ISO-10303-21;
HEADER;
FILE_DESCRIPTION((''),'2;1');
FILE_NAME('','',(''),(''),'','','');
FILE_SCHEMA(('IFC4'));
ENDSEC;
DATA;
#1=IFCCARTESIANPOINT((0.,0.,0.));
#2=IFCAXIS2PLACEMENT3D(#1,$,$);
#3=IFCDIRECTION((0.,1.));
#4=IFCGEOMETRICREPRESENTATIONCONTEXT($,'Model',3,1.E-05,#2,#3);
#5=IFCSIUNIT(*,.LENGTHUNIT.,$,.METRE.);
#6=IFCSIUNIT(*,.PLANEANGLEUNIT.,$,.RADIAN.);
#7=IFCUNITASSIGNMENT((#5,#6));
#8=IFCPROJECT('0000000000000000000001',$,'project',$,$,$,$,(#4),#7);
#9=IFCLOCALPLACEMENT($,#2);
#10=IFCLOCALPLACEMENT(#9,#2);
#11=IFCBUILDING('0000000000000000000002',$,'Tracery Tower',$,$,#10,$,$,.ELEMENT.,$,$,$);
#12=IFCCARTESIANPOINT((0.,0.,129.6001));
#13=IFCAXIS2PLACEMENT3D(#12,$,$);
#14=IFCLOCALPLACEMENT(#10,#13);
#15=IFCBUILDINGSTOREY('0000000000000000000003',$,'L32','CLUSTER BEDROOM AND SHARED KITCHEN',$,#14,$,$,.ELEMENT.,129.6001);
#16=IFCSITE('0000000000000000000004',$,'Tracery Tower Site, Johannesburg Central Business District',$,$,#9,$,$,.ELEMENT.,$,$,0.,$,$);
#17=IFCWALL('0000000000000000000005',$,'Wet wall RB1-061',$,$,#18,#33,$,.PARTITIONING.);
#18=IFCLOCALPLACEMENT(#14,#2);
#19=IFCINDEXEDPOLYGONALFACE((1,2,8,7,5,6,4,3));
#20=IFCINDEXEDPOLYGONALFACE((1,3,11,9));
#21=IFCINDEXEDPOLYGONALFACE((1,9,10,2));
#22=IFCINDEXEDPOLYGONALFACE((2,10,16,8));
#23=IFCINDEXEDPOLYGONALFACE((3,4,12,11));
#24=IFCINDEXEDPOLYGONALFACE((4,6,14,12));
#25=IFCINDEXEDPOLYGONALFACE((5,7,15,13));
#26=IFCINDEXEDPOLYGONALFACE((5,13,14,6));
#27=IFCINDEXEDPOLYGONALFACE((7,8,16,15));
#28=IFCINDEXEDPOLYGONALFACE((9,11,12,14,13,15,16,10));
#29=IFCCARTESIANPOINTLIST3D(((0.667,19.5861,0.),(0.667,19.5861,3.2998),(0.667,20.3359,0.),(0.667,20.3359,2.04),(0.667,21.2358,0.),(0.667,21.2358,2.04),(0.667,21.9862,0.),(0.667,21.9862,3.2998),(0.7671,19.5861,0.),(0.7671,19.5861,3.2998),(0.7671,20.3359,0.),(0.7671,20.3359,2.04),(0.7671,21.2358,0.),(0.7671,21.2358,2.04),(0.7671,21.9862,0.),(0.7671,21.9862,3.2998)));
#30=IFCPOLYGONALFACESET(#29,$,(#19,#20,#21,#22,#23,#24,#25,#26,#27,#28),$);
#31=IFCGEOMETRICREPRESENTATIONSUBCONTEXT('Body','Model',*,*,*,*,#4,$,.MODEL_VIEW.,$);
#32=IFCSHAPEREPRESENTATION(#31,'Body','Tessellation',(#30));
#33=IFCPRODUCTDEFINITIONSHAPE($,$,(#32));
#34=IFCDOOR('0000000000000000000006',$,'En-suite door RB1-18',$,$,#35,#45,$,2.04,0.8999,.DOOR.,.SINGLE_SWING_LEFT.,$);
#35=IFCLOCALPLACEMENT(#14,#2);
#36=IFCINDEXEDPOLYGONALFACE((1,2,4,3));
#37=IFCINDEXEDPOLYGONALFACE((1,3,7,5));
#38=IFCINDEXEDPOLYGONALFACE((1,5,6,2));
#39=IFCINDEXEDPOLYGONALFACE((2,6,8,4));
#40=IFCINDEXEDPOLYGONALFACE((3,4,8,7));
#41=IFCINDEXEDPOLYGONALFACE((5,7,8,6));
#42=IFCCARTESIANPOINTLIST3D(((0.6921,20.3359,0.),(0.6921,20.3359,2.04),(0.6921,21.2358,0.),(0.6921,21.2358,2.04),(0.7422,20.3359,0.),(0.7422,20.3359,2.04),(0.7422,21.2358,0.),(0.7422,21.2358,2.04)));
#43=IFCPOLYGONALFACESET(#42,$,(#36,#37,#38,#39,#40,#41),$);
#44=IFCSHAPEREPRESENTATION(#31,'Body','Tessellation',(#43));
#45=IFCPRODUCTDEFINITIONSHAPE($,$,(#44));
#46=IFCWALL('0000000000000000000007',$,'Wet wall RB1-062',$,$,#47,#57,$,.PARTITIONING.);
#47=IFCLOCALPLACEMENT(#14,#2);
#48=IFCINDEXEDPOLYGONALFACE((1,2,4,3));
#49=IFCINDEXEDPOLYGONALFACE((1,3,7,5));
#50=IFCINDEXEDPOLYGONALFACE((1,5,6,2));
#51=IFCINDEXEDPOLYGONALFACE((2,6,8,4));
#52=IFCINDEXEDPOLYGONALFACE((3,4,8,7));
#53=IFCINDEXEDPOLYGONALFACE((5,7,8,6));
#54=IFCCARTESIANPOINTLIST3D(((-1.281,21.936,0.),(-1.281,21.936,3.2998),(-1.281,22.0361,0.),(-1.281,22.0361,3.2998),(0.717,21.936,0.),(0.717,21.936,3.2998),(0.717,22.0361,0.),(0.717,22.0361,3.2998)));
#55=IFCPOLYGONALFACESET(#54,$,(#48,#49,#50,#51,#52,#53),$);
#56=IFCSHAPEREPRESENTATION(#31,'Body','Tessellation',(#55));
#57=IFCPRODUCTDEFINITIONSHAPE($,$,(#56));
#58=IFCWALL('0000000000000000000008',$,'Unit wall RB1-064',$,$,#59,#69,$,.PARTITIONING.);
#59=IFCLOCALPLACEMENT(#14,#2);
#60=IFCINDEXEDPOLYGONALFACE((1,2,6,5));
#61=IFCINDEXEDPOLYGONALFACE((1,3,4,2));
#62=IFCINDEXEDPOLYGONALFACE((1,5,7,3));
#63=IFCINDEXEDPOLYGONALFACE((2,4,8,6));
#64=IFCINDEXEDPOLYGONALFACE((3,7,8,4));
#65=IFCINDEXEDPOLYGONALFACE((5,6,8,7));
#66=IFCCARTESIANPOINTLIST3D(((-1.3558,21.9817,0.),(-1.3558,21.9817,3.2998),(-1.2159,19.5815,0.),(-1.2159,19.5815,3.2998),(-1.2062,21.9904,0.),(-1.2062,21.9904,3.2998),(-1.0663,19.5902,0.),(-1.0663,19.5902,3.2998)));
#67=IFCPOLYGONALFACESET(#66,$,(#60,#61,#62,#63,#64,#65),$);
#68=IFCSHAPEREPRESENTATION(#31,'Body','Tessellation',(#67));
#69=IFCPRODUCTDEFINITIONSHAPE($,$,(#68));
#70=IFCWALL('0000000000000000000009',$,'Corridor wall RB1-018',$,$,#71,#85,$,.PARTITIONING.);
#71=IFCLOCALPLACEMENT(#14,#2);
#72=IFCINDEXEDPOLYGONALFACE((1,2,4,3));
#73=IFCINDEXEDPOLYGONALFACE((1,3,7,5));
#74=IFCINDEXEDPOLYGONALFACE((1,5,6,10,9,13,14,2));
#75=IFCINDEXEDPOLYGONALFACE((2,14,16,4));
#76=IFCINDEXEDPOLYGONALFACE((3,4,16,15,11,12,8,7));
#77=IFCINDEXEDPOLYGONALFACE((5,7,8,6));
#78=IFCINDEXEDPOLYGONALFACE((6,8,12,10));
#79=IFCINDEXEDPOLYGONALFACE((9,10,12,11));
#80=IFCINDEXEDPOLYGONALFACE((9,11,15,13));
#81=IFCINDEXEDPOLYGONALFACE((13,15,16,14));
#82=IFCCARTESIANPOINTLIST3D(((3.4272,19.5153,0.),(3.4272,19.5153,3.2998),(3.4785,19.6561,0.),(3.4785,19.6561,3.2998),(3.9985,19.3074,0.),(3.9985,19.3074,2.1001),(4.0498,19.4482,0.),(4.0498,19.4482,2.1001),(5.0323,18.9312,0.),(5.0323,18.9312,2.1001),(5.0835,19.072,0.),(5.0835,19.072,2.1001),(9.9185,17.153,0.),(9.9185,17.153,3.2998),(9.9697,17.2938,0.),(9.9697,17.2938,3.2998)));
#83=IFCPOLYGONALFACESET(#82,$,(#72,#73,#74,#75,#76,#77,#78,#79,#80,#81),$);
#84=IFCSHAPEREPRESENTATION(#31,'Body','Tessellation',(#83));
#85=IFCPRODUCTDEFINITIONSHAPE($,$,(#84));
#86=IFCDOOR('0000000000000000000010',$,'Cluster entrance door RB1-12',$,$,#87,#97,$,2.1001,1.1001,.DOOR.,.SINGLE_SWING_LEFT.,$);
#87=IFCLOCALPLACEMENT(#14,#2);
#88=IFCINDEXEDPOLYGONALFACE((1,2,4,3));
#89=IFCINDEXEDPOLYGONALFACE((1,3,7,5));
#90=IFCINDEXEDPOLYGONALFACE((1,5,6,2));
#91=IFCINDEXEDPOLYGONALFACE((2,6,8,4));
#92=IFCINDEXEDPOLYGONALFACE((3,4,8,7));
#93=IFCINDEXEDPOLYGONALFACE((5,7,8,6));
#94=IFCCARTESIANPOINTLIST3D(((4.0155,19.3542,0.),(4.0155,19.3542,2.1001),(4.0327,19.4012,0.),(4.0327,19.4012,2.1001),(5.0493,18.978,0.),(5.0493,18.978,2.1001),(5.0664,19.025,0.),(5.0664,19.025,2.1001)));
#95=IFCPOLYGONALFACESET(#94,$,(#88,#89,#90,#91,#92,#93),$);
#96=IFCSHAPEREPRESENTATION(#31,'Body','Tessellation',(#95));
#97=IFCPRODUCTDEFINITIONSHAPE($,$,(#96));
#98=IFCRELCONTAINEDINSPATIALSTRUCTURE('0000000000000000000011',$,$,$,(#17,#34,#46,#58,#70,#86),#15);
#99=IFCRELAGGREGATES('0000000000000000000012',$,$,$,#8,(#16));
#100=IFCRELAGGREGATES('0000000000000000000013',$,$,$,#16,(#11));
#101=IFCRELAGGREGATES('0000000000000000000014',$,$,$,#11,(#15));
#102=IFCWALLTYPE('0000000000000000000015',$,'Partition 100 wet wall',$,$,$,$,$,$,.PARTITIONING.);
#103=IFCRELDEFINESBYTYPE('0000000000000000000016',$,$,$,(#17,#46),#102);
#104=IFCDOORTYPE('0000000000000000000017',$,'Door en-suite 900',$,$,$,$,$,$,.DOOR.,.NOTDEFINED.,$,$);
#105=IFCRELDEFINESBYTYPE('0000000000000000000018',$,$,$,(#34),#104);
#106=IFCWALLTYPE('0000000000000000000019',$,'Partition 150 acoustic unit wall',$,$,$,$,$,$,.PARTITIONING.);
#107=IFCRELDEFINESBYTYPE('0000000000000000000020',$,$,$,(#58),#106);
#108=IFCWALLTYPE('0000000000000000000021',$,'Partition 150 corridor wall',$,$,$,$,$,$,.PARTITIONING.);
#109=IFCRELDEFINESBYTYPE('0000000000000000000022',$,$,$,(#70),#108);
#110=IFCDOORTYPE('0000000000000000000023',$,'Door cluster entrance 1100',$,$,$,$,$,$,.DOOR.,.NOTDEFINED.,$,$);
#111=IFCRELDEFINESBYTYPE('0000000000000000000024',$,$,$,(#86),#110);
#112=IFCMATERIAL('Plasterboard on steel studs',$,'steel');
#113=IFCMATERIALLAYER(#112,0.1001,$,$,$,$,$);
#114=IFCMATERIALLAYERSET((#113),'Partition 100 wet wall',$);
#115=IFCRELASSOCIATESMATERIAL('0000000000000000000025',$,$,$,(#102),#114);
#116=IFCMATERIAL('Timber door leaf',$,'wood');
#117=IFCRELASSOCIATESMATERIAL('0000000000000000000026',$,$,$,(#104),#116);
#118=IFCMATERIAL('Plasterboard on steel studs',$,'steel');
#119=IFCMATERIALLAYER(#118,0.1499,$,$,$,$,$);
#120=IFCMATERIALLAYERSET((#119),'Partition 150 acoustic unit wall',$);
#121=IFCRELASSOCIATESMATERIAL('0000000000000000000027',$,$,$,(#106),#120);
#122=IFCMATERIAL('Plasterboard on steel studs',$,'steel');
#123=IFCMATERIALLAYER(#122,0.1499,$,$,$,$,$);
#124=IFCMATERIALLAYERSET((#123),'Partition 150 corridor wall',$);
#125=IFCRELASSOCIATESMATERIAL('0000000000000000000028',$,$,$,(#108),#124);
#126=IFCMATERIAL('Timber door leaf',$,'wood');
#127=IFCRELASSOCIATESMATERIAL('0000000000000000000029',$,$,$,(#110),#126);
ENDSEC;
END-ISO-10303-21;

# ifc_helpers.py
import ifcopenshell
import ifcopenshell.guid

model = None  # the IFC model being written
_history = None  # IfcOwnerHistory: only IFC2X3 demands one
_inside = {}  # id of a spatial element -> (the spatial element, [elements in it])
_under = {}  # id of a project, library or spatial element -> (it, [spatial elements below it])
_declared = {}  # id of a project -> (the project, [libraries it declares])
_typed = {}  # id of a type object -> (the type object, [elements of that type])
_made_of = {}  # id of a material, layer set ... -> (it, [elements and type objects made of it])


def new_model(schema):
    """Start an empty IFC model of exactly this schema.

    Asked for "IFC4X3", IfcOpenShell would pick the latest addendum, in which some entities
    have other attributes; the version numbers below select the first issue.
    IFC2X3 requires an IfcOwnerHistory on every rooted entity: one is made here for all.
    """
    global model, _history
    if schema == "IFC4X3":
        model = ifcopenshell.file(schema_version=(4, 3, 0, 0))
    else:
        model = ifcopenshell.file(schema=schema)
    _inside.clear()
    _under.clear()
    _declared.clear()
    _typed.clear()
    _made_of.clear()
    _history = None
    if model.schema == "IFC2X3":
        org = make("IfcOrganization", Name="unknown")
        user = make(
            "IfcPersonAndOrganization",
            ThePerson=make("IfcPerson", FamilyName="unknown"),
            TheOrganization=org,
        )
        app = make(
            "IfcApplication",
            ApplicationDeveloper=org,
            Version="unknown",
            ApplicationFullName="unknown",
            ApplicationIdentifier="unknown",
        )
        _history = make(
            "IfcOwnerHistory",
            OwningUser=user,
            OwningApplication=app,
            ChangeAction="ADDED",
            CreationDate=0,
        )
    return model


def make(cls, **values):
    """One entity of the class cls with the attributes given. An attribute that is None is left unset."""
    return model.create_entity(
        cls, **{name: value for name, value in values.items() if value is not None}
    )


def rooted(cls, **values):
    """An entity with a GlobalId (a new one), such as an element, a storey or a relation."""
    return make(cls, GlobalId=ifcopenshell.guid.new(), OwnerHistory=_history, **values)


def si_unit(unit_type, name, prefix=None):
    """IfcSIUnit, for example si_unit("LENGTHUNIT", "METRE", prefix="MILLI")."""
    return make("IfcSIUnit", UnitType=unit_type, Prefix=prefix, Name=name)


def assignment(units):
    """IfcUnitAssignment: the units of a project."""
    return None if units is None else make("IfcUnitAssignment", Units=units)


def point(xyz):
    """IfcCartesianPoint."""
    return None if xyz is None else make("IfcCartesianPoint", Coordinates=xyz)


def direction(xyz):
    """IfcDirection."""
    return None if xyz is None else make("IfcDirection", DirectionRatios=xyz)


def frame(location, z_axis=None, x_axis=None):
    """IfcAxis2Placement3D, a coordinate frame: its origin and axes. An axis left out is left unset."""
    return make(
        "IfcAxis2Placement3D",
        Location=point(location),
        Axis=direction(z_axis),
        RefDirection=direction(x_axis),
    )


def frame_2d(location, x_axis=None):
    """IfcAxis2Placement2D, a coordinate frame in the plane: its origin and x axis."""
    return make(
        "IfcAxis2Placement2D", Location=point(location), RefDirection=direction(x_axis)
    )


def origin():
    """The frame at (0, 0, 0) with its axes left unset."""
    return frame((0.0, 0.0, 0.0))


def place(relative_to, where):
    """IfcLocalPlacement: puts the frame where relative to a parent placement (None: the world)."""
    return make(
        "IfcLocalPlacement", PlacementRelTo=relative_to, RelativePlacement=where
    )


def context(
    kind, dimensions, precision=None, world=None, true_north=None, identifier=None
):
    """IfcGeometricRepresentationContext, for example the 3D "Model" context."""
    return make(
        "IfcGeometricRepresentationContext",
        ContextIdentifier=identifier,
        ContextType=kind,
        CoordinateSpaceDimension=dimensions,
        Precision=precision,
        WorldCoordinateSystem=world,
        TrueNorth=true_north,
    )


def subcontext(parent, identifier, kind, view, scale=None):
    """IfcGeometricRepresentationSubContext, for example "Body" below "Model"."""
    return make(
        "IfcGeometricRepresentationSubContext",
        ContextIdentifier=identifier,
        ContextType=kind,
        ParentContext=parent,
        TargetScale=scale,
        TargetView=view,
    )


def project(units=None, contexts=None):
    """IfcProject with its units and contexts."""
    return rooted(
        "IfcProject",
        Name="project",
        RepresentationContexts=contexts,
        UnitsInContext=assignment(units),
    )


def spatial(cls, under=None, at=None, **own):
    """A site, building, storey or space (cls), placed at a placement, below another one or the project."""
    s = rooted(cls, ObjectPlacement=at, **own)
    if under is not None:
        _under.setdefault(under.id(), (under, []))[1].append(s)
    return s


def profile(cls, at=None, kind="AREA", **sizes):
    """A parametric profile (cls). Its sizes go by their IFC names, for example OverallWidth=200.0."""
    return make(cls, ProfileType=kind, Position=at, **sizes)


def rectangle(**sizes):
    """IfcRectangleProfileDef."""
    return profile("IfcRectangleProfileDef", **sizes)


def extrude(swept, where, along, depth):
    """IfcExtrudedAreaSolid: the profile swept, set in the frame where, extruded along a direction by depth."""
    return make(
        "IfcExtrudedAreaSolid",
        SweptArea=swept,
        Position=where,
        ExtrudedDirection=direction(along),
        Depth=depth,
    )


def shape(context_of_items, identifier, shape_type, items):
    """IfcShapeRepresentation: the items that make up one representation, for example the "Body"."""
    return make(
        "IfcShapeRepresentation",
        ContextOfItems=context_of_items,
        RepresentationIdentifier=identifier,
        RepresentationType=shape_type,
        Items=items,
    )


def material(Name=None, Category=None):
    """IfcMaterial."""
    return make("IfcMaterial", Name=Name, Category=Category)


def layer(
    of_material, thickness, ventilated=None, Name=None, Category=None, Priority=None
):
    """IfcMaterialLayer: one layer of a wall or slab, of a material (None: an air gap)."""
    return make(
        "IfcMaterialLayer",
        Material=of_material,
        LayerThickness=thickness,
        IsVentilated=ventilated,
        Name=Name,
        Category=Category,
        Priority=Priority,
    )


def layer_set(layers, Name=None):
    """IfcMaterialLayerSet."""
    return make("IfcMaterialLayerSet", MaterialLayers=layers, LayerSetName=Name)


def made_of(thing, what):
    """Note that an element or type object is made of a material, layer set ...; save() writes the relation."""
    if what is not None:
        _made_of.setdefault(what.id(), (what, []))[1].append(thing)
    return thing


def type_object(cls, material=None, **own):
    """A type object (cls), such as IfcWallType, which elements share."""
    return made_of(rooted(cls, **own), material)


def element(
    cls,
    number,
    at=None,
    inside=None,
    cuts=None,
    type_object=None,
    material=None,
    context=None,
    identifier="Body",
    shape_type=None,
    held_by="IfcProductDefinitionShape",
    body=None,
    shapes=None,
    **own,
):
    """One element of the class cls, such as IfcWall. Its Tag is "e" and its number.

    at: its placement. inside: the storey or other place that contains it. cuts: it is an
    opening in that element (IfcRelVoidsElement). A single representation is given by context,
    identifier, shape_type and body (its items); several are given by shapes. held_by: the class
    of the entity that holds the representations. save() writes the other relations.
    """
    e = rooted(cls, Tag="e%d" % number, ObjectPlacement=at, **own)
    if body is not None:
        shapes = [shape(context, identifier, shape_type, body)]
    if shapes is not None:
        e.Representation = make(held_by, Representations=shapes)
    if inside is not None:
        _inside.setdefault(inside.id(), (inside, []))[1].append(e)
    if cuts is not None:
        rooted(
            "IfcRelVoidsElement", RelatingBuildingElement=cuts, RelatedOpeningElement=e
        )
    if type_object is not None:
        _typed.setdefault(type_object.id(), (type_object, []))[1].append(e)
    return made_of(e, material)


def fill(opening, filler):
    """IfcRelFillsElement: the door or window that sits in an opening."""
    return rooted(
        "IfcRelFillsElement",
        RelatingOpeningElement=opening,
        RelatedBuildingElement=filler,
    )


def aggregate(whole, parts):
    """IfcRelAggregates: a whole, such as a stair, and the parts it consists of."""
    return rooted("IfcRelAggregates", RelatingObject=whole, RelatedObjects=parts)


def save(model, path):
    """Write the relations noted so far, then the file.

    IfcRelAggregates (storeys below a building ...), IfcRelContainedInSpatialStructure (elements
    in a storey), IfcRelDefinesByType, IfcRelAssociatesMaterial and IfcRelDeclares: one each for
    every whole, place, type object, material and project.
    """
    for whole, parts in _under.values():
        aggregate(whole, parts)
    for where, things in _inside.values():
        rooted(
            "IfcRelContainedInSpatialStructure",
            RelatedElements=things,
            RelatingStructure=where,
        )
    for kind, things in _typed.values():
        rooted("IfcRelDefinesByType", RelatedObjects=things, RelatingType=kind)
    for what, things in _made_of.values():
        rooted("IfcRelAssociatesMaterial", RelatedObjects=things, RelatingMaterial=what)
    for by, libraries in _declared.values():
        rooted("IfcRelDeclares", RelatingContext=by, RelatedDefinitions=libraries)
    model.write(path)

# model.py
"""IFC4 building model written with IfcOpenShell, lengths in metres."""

from ifc_helpers import new_model, si_unit, direction, frame, frame_2d, origin, place, context, subcontext, project, spatial, rectangle, extrude, material, layer, layer_set, type_object, element, fill, save


model = new_model("IFC4")

# Units and contexts
model_context = context("Model", 3, precision=1e-05, world=origin(), true_north=direction((0.0, 1.0)))
body_context = subcontext(model_context, "Body", "Model", "MODEL_VIEW")
ifc_project = project(units=[si_unit("LENGTHUNIT", "METRE"), si_unit("PLANEANGLEUNIT", "RADIAN")], contexts=[model_context])

# Site, building, storey
site_placement = place(None, origin())
site = spatial("IfcSite", under=ifc_project, at=site_placement, Name="Tracery Tower Site, Johannesburg Central Business District", CompositionType="ELEMENT", RefElevation=0.0)
building_placement = place(site_placement, origin())
building = spatial("IfcBuilding", under=site, at=building_placement, Name="Tracery Tower", CompositionType="ELEMENT")
storey_placement = place(building_placement, frame((0.0, 0.0, 129.6001)))
storey = spatial("IfcBuildingStorey", under=building, at=storey_placement, Name="L32", Description="CLUSTER BEDROOM AND SHARED KITCHEN", CompositionType="ELEMENT", Elevation=129.6001)

# Shared definitions
ifc_material_1 = material(Name="Plasterboard on steel studs", Category="steel")
ifc_layer_1 = layer(ifc_material_1, 0.1001)
ifc_layer_set_1 = layer_set([ifc_layer_1], Name="Partition 100 wet wall")
wall_type_1 = type_object("IfcWallType", Name="Partition 100 wet wall", PredefinedType="PARTITIONING", material=ifc_layer_set_1)

# Wall, opening, door
wall_1_placement = place(storey_placement, frame((0.717, 19.5859, 0.0), z_axis=(0.0, 0.0, 1.0), x_axis=(0.0, 1.0, 0.0)))
wall_1 = element("IfcWall", 1, at=wall_1_placement, inside=storey, type_object=wall_type_1, Name="Wet wall RB1-061", PredefinedType="PARTITIONING", context=body_context, shape_type="SweptSolid", body=[
    extrude(rectangle(XDim=2.4001, YDim=0.1001, at=frame_2d((1.2002, 0.0))), origin(), (0.0, 0.0, 1.0), 3.2998),
])
opening_1_placement = place(wall_1_placement, frame((0.75, 0.0, 0.0)))
opening_1 = element("IfcOpeningElement", 2, at=opening_1_placement, cuts=wall_1, PredefinedType="OPENING", context=body_context, shape_type="SweptSolid", body=[
    extrude(rectangle(XDim=0.8999, YDim=2.04, at=frame_2d((0.45, 1.02))), frame((0.0, 0.05, 0.0), z_axis=(0.0, -1.0, 0.0), x_axis=(1.0, 0.0, 0.0)), (0.0, 0.0, 1.0), 0.1001),
])
ifc_material_2 = material(Name="Timber door leaf", Category="wood")
door_type_1 = type_object("IfcDoorType", Name="Door en-suite 900", OperationType="NOTDEFINED", PredefinedType="DOOR", material=ifc_material_2)
door_1_placement = place(opening_1_placement, origin())
door_1 = element("IfcDoor", 3, at=door_1_placement, inside=storey, type_object=door_type_1, Name="En-suite door RB1-18", OperationType="SINGLE_SWING_LEFT", OverallHeight=2.04, OverallWidth=0.8999, PredefinedType="DOOR", context=body_context, shape_type="SweptSolid", body=[
    extrude(rectangle(XDim=0.8999, YDim=2.04, at=frame_2d((0.45, 1.02))), frame((0.0, 0.0249, 0.0), z_axis=(0.0, -1.0, 0.0), x_axis=(1.0, 0.0, 0.0)), (0.0, 0.0, 1.0), 0.05),
])
fill(opening_1, door_1)

# Walls
wall_2_placement = place(storey_placement, frame((-1.281, 21.9861, 0.0), z_axis=(0.0, 0.0, 1.0), x_axis=(1.0, 0.0, 0.0)))
element("IfcWall", 4, at=wall_2_placement, inside=storey, type_object=wall_type_1, Name="Wet wall RB1-062", PredefinedType="PARTITIONING", context=body_context, shape_type="SweptSolid", body=[
    extrude(rectangle(XDim=1.998, YDim=0.1001, at=frame_2d((0.999, 0.0))), origin(), (0.0, 0.0, 1.0), 3.2998),
])
ifc_material_3 = material(Name="Plasterboard on steel studs", Category="steel")
ifc_layer_2 = layer(ifc_material_3, 0.1499)
ifc_layer_set_2 = layer_set([ifc_layer_2], Name="Partition 150 acoustic unit wall")
wall_type_2 = type_object("IfcWallType", Name="Partition 150 acoustic unit wall", PredefinedType="PARTITIONING", material=ifc_layer_set_2)
wall_3_placement = place(storey_placement, frame((-1.281, 21.9861, 0.0), z_axis=(0.0, 0.0, 1.0), x_axis=(0.058186, -0.998306, 0.0)))
element("IfcWall", 5, at=wall_3_placement, inside=storey, type_object=wall_type_2, Name="Unit wall RB1-064", PredefinedType="PARTITIONING", context=body_context, shape_type="SweptSolid", body=[
    extrude(rectangle(XDim=2.4043, YDim=0.1499, at=frame_2d((1.2021, 0.0))), origin(), (0.0, 0.0, 1.0), 3.2998),
])

# Wall, opening, door
ifc_material_4 = material(Name="Plasterboard on steel studs", Category="steel")
ifc_layer_3 = layer(ifc_material_4, 0.1499)
ifc_layer_set_3 = layer_set([ifc_layer_3], Name="Partition 150 corridor wall")
wall_type_3 = type_object("IfcWallType", Name="Partition 150 corridor wall", PredefinedType="PARTITIONING", material=ifc_layer_set_3)
wall_4_placement = place(storey_placement, frame((3.4529, 19.5857, 0.0), z_axis=(0.0, 0.0, 1.0), x_axis=(0.939707, -0.341981, 0.0)))
wall_4 = element("IfcWall", 6, at=wall_4_placement, inside=storey, type_object=wall_type_3, Name="Corridor wall RB1-018", PredefinedType="PARTITIONING", context=body_context, shape_type="SweptSolid", body=[
    extrude(rectangle(XDim=6.9077, YDim=0.1499, at=frame_2d((3.4539, 0.0))), origin(), (0.0, 0.0, 1.0), 3.2998),
])
opening_2_placement = place(wall_4_placement, frame((0.6079, 0.0, 0.0)))
opening_2 = element("IfcOpeningElement", 7, at=opening_2_placement, cuts=wall_4, PredefinedType="OPENING", context=body_context, shape_type="SweptSolid", body=[
    extrude(rectangle(XDim=1.1001, YDim=2.1001, at=frame_2d((0.55, 1.05))), frame((0.0, 0.075, 0.0), z_axis=(0.0, -1.0, 0.0), x_axis=(1.0, 0.0, 0.0)), (0.0, 0.0, 1.0), 0.1499),
])
ifc_material_5 = material(Name="Timber door leaf", Category="wood")
door_type_2 = type_object("IfcDoorType", Name="Door cluster entrance 1100", OperationType="NOTDEFINED", PredefinedType="DOOR", material=ifc_material_5)
door_2_placement = place(opening_2_placement, origin())
door_2 = element("IfcDoor", 8, at=door_2_placement, inside=storey, type_object=door_type_2, Name="Cluster entrance door RB1-12", OperationType="SINGLE_SWING_LEFT", OverallHeight=2.1001, OverallWidth=1.1001, PredefinedType="DOOR", context=body_context, shape_type="SweptSolid", body=[
    extrude(rectangle(XDim=1.1001, YDim=2.1001, at=frame_2d((0.55, 1.05))), frame((0.0, 0.0249, 0.0), z_axis=(0.0, -1.0, 0.0), x_axis=(1.0, 0.0, 0.0)), (0.0, 0.0, 1.0), 0.05),
])
fill(opening_2, door_2)

save(model, "model.ifc")
